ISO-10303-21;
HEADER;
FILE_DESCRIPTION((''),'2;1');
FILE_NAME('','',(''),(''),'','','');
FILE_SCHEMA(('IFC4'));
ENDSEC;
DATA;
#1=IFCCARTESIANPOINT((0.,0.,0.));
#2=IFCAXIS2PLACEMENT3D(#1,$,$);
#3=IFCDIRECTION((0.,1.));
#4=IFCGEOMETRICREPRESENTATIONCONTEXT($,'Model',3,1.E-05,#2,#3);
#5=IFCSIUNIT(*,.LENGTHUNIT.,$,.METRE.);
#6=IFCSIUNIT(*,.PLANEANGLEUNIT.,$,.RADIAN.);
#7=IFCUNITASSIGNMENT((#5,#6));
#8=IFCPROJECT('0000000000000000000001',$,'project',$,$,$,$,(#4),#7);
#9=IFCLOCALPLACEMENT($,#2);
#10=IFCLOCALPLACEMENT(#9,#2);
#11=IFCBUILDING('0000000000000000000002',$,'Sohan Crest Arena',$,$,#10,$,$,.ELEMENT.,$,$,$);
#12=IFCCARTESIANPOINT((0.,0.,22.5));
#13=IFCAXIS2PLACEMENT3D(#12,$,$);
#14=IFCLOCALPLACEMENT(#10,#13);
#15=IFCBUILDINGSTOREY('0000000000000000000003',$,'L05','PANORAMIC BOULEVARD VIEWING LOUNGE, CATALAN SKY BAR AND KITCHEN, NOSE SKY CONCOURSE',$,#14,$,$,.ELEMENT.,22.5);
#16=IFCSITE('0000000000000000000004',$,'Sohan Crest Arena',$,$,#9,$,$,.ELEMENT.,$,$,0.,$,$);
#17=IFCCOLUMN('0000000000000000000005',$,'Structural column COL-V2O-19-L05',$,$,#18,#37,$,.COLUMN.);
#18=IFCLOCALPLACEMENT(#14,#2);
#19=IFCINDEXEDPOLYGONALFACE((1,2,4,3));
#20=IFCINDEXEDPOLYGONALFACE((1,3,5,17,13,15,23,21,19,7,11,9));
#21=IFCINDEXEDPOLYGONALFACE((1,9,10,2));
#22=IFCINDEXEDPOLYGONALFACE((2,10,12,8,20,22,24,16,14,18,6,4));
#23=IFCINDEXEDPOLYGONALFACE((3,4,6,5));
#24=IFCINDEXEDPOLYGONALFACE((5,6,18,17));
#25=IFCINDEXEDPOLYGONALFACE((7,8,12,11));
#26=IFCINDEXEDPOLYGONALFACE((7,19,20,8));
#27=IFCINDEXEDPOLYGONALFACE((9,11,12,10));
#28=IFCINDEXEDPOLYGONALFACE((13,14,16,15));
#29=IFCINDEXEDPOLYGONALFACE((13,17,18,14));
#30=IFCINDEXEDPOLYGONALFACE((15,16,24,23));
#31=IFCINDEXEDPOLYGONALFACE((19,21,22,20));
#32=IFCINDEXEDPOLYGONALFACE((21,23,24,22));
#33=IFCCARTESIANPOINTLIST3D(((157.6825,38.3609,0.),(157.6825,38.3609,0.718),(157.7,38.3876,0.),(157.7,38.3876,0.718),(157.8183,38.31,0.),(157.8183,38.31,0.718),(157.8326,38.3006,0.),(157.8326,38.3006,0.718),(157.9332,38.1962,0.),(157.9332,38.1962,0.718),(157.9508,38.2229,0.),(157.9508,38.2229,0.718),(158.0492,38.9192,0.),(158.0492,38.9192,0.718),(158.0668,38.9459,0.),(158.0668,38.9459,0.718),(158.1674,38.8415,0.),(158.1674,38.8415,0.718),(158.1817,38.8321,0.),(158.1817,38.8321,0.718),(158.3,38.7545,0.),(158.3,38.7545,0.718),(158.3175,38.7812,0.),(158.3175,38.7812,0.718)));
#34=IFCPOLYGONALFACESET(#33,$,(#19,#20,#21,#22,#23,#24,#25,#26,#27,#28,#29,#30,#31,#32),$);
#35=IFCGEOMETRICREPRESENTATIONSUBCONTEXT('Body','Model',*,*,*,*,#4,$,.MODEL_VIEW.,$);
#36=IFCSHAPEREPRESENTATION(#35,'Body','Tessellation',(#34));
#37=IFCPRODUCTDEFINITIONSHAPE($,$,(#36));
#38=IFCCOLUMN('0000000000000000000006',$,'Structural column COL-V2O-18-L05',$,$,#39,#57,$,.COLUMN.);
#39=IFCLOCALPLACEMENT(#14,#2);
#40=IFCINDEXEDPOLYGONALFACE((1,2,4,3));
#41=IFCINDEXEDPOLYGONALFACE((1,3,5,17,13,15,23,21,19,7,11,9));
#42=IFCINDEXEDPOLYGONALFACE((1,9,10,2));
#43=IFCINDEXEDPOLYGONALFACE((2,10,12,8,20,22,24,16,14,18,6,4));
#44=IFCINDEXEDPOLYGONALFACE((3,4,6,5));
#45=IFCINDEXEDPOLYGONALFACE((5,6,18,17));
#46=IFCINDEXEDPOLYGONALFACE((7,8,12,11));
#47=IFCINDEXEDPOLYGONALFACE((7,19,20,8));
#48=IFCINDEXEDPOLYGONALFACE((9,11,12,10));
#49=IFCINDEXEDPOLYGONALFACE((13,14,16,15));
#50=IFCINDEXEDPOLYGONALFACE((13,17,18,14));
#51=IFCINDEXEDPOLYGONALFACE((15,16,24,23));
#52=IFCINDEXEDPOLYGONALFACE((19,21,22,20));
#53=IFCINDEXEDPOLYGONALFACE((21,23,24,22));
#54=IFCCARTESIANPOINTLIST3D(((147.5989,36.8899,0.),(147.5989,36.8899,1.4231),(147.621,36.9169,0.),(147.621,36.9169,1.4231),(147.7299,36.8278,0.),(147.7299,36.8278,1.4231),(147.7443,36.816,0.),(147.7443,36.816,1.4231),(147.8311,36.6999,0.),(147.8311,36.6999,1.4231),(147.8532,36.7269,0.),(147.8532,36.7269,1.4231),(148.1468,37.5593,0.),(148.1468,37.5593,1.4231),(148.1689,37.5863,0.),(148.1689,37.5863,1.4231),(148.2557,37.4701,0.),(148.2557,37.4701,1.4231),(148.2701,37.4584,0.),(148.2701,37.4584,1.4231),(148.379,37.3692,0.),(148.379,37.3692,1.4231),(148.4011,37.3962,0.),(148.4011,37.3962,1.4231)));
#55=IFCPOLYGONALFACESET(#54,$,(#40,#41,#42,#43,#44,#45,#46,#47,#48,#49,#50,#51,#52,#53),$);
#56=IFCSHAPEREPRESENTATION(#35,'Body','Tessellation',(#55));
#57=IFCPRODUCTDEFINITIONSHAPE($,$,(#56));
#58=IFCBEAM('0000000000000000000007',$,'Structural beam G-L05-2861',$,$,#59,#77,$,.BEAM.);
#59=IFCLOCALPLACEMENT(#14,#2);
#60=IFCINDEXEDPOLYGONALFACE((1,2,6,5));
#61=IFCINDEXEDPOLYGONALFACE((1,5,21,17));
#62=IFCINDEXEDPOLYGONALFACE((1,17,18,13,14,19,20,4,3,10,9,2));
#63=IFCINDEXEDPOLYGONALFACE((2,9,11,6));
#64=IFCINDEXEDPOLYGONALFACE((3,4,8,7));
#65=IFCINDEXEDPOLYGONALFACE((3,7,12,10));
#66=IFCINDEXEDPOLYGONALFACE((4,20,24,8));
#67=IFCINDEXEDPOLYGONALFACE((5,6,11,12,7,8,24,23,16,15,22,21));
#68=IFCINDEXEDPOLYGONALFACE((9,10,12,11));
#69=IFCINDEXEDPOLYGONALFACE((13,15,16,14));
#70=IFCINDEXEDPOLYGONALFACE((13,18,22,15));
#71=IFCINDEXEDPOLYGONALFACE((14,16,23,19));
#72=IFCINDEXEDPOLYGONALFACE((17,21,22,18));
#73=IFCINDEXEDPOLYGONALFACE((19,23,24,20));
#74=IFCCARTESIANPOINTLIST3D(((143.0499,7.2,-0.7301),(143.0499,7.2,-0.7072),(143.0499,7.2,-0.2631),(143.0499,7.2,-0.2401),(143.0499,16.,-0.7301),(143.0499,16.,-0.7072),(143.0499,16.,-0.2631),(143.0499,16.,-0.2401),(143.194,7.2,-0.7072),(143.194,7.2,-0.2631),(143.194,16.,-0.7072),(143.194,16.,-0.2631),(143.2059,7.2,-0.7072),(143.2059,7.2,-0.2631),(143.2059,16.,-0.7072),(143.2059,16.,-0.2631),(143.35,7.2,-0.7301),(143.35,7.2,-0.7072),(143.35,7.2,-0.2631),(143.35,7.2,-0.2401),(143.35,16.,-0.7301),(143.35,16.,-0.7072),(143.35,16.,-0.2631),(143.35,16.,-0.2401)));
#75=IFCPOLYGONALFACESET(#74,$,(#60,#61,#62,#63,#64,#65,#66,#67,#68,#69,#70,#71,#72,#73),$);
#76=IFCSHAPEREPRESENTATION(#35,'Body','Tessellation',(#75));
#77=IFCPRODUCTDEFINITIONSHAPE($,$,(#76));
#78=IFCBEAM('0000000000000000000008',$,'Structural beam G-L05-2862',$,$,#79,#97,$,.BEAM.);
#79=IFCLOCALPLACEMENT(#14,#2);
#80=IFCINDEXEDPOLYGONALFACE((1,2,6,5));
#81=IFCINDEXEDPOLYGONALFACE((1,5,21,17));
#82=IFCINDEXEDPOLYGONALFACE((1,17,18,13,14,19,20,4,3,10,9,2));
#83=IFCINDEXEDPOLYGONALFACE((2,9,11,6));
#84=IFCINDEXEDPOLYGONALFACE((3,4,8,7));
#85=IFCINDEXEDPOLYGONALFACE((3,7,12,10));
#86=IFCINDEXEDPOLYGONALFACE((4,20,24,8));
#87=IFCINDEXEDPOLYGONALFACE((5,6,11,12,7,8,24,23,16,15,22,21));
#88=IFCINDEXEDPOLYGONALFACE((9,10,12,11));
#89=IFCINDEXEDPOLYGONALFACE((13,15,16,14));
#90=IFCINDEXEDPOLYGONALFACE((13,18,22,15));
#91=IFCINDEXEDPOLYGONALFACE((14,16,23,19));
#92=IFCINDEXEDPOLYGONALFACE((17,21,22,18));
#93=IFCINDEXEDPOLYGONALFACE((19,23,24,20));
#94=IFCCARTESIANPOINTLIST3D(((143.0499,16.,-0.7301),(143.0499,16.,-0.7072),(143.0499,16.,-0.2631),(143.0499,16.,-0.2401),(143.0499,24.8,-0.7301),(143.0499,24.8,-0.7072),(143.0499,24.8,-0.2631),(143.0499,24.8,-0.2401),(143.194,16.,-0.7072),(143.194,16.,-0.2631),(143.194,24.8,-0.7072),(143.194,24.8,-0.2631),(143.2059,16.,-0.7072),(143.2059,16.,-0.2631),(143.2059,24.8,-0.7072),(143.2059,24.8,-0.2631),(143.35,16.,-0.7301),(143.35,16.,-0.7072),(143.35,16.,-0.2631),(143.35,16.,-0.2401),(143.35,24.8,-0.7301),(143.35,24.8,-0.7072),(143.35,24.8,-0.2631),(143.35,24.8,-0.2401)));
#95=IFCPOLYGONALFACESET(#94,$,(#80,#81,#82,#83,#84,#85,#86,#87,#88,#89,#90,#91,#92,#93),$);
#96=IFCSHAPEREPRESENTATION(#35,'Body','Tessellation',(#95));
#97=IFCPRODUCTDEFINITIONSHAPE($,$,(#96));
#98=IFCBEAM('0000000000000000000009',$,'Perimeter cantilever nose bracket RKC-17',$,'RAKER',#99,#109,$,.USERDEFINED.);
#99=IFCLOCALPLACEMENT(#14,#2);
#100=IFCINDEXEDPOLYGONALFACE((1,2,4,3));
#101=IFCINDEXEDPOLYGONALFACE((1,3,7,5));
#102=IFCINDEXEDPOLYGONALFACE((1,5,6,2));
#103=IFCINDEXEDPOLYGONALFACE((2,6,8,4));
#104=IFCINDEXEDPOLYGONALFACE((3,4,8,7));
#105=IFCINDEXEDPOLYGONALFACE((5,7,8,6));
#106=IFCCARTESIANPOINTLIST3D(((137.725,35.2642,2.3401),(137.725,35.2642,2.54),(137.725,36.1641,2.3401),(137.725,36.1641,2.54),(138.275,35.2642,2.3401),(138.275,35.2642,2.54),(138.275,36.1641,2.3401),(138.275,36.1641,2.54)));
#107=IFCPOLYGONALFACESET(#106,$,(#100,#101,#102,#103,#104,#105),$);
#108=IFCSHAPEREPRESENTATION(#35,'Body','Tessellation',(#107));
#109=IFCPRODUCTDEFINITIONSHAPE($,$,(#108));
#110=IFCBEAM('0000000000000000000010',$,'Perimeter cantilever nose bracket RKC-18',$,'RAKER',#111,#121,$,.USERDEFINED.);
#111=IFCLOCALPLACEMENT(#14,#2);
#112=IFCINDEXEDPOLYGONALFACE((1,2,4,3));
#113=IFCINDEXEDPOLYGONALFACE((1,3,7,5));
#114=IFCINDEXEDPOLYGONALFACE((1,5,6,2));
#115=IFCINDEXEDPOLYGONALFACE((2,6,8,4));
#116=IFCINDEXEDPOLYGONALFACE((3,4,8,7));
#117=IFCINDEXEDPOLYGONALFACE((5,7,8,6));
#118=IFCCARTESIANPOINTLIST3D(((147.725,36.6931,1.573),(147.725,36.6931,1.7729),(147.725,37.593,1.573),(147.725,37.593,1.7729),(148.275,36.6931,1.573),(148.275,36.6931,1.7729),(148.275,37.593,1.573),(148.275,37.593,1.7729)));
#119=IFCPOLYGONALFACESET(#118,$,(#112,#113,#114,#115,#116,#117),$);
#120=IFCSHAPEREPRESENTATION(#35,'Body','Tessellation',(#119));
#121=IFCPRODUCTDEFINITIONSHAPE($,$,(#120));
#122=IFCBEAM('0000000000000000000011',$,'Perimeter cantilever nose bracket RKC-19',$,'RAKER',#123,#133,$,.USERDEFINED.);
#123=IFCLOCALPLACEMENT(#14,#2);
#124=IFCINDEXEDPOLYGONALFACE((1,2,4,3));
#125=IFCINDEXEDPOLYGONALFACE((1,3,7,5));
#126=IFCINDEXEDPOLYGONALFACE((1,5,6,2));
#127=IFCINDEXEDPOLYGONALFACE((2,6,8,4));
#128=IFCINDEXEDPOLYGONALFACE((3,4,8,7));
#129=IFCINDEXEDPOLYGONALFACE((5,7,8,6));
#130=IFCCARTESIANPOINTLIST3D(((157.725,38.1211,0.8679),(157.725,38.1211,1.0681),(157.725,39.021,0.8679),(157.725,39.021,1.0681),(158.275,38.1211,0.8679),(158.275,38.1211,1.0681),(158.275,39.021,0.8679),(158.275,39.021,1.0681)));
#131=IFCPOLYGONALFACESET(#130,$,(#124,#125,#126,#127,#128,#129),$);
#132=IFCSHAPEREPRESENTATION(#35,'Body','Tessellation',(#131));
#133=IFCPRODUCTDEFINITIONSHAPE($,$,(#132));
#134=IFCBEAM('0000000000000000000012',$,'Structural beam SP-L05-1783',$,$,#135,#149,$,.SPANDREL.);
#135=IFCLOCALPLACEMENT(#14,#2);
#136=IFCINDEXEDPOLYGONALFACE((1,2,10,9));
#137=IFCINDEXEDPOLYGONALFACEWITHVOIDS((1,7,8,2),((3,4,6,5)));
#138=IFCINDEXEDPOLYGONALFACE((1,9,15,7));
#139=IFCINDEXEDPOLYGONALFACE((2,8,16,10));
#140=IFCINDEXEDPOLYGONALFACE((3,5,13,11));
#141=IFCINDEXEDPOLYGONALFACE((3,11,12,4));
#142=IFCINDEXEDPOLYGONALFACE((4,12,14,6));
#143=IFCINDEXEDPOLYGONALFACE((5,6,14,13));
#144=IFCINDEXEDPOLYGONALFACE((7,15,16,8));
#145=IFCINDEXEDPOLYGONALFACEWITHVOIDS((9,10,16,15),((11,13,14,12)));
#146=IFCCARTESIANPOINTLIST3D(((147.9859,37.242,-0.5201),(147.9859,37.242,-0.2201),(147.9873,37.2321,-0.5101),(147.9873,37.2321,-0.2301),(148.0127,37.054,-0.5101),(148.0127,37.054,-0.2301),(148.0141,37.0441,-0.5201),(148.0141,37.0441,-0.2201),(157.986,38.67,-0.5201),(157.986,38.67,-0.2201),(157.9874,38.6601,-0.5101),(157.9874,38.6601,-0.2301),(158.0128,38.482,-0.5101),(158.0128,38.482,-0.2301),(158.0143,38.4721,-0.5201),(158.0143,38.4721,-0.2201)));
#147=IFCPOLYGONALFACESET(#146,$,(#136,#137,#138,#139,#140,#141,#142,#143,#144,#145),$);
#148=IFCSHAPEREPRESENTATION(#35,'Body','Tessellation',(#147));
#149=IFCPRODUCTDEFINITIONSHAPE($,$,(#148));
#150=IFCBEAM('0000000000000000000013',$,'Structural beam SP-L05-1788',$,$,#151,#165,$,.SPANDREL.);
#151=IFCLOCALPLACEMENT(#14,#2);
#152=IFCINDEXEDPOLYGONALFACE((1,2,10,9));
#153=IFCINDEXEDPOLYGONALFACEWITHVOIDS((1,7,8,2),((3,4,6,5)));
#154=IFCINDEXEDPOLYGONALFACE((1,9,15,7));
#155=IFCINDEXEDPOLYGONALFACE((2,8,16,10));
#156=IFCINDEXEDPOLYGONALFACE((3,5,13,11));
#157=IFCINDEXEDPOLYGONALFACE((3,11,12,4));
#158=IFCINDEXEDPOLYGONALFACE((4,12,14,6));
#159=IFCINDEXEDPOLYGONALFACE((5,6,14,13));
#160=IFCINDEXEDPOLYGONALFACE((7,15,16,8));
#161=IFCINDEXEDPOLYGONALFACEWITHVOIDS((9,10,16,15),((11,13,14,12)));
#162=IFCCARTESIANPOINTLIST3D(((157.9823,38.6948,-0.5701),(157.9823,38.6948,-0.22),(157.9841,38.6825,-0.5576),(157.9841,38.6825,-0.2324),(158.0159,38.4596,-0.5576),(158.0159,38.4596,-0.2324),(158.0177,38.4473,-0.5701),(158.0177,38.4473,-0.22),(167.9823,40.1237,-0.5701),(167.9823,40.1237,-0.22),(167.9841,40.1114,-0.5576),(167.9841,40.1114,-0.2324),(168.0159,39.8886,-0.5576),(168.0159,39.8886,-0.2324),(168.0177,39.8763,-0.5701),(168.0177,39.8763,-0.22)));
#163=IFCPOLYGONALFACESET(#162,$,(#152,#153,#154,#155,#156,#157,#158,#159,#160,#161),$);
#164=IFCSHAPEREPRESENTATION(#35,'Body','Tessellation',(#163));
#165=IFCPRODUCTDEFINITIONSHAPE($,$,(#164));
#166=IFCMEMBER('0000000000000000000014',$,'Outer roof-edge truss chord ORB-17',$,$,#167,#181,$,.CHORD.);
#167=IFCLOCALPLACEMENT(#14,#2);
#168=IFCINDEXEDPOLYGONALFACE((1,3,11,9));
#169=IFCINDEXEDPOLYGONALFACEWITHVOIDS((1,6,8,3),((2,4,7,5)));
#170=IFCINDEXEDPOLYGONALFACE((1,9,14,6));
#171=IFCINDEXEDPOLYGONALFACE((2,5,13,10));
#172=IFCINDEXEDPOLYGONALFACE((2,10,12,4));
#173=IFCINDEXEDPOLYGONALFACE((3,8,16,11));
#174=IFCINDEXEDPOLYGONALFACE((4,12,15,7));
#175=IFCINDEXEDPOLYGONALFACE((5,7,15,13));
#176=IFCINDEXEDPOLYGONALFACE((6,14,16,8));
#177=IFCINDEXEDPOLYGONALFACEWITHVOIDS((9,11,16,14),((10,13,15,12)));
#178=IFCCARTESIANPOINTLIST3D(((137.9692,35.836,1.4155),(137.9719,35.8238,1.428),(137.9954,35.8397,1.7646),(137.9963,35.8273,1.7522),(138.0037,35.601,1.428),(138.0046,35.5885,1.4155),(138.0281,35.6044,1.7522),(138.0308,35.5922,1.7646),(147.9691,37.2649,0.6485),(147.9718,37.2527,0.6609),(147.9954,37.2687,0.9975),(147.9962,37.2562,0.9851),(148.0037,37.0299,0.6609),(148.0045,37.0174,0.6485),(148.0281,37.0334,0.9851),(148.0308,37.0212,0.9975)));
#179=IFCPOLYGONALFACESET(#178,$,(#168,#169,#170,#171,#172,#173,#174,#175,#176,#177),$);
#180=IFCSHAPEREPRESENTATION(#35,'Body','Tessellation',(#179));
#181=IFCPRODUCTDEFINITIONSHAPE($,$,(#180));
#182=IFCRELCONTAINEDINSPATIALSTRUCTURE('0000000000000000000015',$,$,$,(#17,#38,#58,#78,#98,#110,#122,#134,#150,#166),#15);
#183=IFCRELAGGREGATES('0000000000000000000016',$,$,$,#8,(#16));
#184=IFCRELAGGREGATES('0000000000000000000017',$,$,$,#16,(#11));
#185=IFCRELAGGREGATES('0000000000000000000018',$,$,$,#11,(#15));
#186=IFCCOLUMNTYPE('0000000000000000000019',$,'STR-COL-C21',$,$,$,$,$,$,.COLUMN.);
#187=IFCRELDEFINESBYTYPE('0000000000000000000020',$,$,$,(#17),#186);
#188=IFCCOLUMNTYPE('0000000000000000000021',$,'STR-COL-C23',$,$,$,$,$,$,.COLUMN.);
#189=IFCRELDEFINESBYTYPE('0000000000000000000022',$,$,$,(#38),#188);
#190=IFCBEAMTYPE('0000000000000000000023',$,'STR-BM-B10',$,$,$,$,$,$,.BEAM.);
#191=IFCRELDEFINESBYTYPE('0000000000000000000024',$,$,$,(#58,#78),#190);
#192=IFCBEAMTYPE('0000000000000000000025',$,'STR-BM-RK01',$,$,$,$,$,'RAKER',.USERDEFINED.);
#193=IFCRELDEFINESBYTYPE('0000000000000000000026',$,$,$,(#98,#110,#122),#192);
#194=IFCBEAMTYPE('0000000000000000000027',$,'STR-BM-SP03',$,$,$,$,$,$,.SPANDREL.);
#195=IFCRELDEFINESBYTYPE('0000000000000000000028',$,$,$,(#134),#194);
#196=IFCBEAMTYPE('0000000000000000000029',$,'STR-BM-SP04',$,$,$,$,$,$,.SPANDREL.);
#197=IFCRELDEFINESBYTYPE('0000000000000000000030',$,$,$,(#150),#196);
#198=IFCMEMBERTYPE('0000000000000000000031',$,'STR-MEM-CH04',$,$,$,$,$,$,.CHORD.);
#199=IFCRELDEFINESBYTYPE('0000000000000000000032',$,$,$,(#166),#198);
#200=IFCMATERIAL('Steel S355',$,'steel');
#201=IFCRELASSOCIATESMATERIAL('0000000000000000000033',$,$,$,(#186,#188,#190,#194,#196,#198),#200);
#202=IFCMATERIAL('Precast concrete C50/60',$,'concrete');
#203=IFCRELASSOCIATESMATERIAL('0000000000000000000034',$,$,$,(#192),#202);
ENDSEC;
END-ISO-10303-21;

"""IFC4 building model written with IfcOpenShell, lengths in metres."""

from ifc_helpers import new_model, si_unit, direction, frame, origin, origin_2d, place, context, subcontext, project, spatial, rectangle, hollow_rectangle, i_section, extrude, material, material_profile, profile_set, type_object, element, save


model = new_model("IFC4")

# Units and contexts
model_context = context("Model", 3, precision=1e-05, world=origin(), true_north=direction((0.0, 1.0)))
body_context = subcontext(model_context, "Body", "Model", "MODEL_VIEW")
ifc_project = project(units=[si_unit("LENGTHUNIT", "METRE"), si_unit("PLANEANGLEUNIT", "RADIAN")], contexts=[model_context])

# Site, building, storey
site_placement = place(None, origin())
site = spatial("IfcSite", under=ifc_project, at=site_placement, Name="Sohan Crest Arena", CompositionType="ELEMENT", RefElevation=0.0)
building_placement = place(site_placement, origin())
building = spatial("IfcBuilding", under=site, at=building_placement, Name="Sohan Crest Arena", CompositionType="ELEMENT")
storey_placement = place(building_placement, frame((0.0, 0.0, 22.5)))
storey = spatial("IfcBuildingStorey", under=building, at=storey_placement, Name="L05", Description="PANORAMIC BOULEVARD VIEWING LOUNGE, CATALAN SKY BAR AND KITCHEN, NOSE SKY CONCOURSE", CompositionType="ELEMENT", Elevation=22.5)

# Columns
ifc_material_1 = material(Name="Steel S355", Category="steel")
ifc_material_profile_1 = material_profile(ifc_material_1, i_section(OverallWidth=0.3, OverallDepth=0.7, WebThickness=0.0171, FlangeThickness=0.032, at=origin_2d()), Name="HEB 700")
ifc_profile_set_1 = profile_set([ifc_material_profile_1], Name="Steel S355")
column_type_1 = type_object("IfcColumnType", Name="STR-COL-C21", PredefinedType="COLUMN", material=ifc_profile_set_1)
column_1_placement = place(storey_placement, frame((158.0, 38.571, 0.0), z_axis=(0.0, 0.0, 1.0), x_axis=(-0.835807, 0.549023, 0.0)))
element("IfcColumn", 1, at=column_1_placement, inside=storey, type_object=column_type_1, Name="Structural column COL-V2O-19-L05", PredefinedType="COLUMN", context=body_context, shape_type="SweptSolid", body=[
    extrude(i_section(OverallWidth=0.3, OverallDepth=0.7, WebThickness=0.0171, FlangeThickness=0.032, at=origin_2d()), origin(), (0.0, 0.0, 1.0), 0.718),
])
ifc_material_profile_2 = material_profile(ifc_material_1, i_section(OverallWidth=0.3, OverallDepth=0.8999, WebThickness=0.0186, FlangeThickness=0.0349, at=origin_2d()), Name="HEB 900")
ifc_profile_set_2 = profile_set([ifc_material_profile_2], Name="Steel S355")
column_type_2 = type_object("IfcColumnType", Name="STR-COL-C23", PredefinedType="COLUMN", material=ifc_profile_set_2)
column_2_placement = place(storey_placement, frame((148.0, 37.1431, 0.0), z_axis=(0.0, 0.0, 1.0), x_axis=(-0.77384, 0.633381, 0.0)))
element("IfcColumn", 2, at=column_2_placement, inside=storey, type_object=column_type_2, Name="Structural column COL-V2O-18-L05", PredefinedType="COLUMN", context=body_context, shape_type="SweptSolid", body=[
    extrude(i_section(OverallWidth=0.3, OverallDepth=0.8999, WebThickness=0.0186, FlangeThickness=0.0349, at=origin_2d()), origin(), (0.0, 0.0, 1.0), 1.4231),
])

# Beams
ifc_material_profile_3 = material_profile(ifc_material_1, i_section(OverallWidth=0.3, OverallDepth=0.49, WebThickness=0.012, FlangeThickness=0.0229, at=origin_2d()), Name="HEA 500")
ifc_profile_set_3 = profile_set([ifc_material_profile_3], Name="Steel S355")
beam_type_1 = type_object("IfcBeamType", Name="STR-BM-B10", PredefinedType="BEAM", material=ifc_profile_set_3)
for number, where, z_axis, x_axis, name in (
    (3, (143.2, 7.2, -0.4851), (0.0, 1.0, 0.0), (-1.0, 0.0, 0.0), "Structural beam G-L05-2861"),
    (4, (143.2, 16.0, -0.4851), (0.0, 1.0, 0.0), (-1.0, 0.0, 0.0), "Structural beam G-L05-2862"),
):
    element("IfcBeam", number, at=place(storey_placement, frame(where, z_axis=z_axis, x_axis=x_axis)), inside=storey, type_object=beam_type_1, Name=name, PredefinedType="BEAM", context=body_context, shape_type="SweptSolid", body=[
        extrude(i_section(OverallWidth=0.3, OverallDepth=0.49, WebThickness=0.012, FlangeThickness=0.0229, at=origin_2d()), origin(), (0.0, 0.0, 1.0), 8.8),
    ])
ifc_material_2 = material(Name="Precast concrete C50/60", Category="concrete")
ifc_material_profile_4 = material_profile(ifc_material_2, rectangle(XDim=0.55, YDim=0.8999, at=origin_2d()), Name="RAKER 550x900")
ifc_profile_set_4 = profile_set([ifc_material_profile_4], Name="Precast concrete C50/60")
beam_type_2 = type_object("IfcBeamType", Name="STR-BM-RK01", ElementType="RAKER", PredefinedType="USERDEFINED", material=ifc_profile_set_4)
for number, where, z_axis, x_axis, name in (
    (5, (138.0, 35.7141, 2.54), (0.0, 0.0, -1.0), (1.0, 0.0, 0.0), "Perimeter cantilever nose bracket RKC-17"),
    (6, (148.0, 37.1431, 1.7729), (0.0, 0.0, -1.0), (1.0, 0.0, 0.0), "Perimeter cantilever nose bracket RKC-18"),
):
    element("IfcBeam", number, at=place(storey_placement, frame(where, z_axis=z_axis, x_axis=x_axis)), inside=storey, type_object=beam_type_2, Name=name, ObjectType="RAKER", PredefinedType="USERDEFINED", context=body_context, shape_type="SweptSolid", body=[
        extrude(rectangle(XDim=0.55, YDim=0.8999, at=origin_2d()), origin(), (0.0, 0.0, 1.0), 0.2),
    ])
beam_1_placement = place(storey_placement, frame((158.0, 38.571, 1.0681), z_axis=(0.0, 0.0, -1.0), x_axis=(1.0, 0.0, 0.0)))
element("IfcBeam", 7, at=beam_1_placement, inside=storey, type_object=beam_type_2, Name="Perimeter cantilever nose bracket RKC-19", ObjectType="RAKER", PredefinedType="USERDEFINED", context=body_context, shape_type="SweptSolid", body=[
    extrude(rectangle(XDim=0.55, YDim=0.8999, at=origin_2d()), origin(), (0.0, 0.0, 1.0), 0.2002),
])
ifc_material_profile_5 = material_profile(ifc_material_1, hollow_rectangle(XDim=0.2, YDim=0.3, WallThickness=0.01, at=origin_2d()), Name="RHS 300x200x10")
ifc_profile_set_5 = profile_set([ifc_material_profile_5], Name="Steel S355")
beam_type_3 = type_object("IfcBeamType", Name="STR-BM-SP03", PredefinedType="SPANDREL", material=ifc_profile_set_5)
beam_2_placement = place(storey_placement, frame((148.0, 37.1431, -0.3701), z_axis=(0.989958, 0.141364, 0.0), x_axis=(-0.141364, 0.989958, 0.0)))
element("IfcBeam", 8, at=beam_2_placement, inside=storey, type_object=beam_type_3, Name="Structural beam SP-L05-1783", PredefinedType="SPANDREL", context=body_context, shape_type="SweptSolid", body=[
    extrude(hollow_rectangle(XDim=0.2, YDim=0.3, WallThickness=0.01, at=origin_2d()), origin(), (0.0, 0.0, 1.0), 10.1016),
])
ifc_material_profile_6 = material_profile(ifc_material_1, hollow_rectangle(XDim=0.25, YDim=0.3501, WallThickness=0.0125, at=origin_2d()), Name="RHS 350x250x12.5")
ifc_profile_set_6 = profile_set([ifc_material_profile_6], Name="Steel S355")
beam_type_4 = type_object("IfcBeamType", Name="STR-BM-SP04", PredefinedType="SPANDREL", material=ifc_profile_set_6)
beam_3_placement = place(storey_placement, frame((158.0, 38.571, -0.395), z_axis=(0.989944, 0.141459, 0.0), x_axis=(-0.141459, 0.989944, 0.0)))
element("IfcBeam", 9, at=beam_3_placement, inside=storey, type_object=beam_type_4, Name="Structural beam SP-L05-1788", PredefinedType="SPANDREL", context=body_context, shape_type="SweptSolid", body=[
    extrude(hollow_rectangle(XDim=0.25, YDim=0.3501, WallThickness=0.0125, at=origin_2d()), origin(), (0.0, 0.0, 1.0), 10.1016),
])

# Member
ifc_material_profile_7 = material_profile(ifc_material_1, hollow_rectangle(XDim=0.25, YDim=0.3501, WallThickness=0.0125, at=origin_2d()), Name="RHS 350x250x12.5")
ifc_profile_set_7 = profile_set([ifc_material_profile_7], Name="Steel S355")
member_type = type_object("IfcMemberType", Name="STR-MEM-CH04", PredefinedType="CHORD", material=ifc_profile_set_7)
member_1_placement = place(storey_placement, frame((138.0, 35.7141, 1.5901), z_axis=(0.987102, 0.141052, -0.07572), x_axis=(-0.141459, 0.989944, 0.0)))
element("IfcMember", 10, at=member_1_placement, inside=storey, type_object=member_type, Name="Outer roof-edge truss chord ORB-17", PredefinedType="CHORD", context=body_context, shape_type="SweptSolid", body=[
    extrude(hollow_rectangle(XDim=0.25, YDim=0.3501, WallThickness=0.0125, at=origin_2d()), origin(), (0.0, 0.0, 1.0), 10.1306),
])

save(model, "model.ifc")
